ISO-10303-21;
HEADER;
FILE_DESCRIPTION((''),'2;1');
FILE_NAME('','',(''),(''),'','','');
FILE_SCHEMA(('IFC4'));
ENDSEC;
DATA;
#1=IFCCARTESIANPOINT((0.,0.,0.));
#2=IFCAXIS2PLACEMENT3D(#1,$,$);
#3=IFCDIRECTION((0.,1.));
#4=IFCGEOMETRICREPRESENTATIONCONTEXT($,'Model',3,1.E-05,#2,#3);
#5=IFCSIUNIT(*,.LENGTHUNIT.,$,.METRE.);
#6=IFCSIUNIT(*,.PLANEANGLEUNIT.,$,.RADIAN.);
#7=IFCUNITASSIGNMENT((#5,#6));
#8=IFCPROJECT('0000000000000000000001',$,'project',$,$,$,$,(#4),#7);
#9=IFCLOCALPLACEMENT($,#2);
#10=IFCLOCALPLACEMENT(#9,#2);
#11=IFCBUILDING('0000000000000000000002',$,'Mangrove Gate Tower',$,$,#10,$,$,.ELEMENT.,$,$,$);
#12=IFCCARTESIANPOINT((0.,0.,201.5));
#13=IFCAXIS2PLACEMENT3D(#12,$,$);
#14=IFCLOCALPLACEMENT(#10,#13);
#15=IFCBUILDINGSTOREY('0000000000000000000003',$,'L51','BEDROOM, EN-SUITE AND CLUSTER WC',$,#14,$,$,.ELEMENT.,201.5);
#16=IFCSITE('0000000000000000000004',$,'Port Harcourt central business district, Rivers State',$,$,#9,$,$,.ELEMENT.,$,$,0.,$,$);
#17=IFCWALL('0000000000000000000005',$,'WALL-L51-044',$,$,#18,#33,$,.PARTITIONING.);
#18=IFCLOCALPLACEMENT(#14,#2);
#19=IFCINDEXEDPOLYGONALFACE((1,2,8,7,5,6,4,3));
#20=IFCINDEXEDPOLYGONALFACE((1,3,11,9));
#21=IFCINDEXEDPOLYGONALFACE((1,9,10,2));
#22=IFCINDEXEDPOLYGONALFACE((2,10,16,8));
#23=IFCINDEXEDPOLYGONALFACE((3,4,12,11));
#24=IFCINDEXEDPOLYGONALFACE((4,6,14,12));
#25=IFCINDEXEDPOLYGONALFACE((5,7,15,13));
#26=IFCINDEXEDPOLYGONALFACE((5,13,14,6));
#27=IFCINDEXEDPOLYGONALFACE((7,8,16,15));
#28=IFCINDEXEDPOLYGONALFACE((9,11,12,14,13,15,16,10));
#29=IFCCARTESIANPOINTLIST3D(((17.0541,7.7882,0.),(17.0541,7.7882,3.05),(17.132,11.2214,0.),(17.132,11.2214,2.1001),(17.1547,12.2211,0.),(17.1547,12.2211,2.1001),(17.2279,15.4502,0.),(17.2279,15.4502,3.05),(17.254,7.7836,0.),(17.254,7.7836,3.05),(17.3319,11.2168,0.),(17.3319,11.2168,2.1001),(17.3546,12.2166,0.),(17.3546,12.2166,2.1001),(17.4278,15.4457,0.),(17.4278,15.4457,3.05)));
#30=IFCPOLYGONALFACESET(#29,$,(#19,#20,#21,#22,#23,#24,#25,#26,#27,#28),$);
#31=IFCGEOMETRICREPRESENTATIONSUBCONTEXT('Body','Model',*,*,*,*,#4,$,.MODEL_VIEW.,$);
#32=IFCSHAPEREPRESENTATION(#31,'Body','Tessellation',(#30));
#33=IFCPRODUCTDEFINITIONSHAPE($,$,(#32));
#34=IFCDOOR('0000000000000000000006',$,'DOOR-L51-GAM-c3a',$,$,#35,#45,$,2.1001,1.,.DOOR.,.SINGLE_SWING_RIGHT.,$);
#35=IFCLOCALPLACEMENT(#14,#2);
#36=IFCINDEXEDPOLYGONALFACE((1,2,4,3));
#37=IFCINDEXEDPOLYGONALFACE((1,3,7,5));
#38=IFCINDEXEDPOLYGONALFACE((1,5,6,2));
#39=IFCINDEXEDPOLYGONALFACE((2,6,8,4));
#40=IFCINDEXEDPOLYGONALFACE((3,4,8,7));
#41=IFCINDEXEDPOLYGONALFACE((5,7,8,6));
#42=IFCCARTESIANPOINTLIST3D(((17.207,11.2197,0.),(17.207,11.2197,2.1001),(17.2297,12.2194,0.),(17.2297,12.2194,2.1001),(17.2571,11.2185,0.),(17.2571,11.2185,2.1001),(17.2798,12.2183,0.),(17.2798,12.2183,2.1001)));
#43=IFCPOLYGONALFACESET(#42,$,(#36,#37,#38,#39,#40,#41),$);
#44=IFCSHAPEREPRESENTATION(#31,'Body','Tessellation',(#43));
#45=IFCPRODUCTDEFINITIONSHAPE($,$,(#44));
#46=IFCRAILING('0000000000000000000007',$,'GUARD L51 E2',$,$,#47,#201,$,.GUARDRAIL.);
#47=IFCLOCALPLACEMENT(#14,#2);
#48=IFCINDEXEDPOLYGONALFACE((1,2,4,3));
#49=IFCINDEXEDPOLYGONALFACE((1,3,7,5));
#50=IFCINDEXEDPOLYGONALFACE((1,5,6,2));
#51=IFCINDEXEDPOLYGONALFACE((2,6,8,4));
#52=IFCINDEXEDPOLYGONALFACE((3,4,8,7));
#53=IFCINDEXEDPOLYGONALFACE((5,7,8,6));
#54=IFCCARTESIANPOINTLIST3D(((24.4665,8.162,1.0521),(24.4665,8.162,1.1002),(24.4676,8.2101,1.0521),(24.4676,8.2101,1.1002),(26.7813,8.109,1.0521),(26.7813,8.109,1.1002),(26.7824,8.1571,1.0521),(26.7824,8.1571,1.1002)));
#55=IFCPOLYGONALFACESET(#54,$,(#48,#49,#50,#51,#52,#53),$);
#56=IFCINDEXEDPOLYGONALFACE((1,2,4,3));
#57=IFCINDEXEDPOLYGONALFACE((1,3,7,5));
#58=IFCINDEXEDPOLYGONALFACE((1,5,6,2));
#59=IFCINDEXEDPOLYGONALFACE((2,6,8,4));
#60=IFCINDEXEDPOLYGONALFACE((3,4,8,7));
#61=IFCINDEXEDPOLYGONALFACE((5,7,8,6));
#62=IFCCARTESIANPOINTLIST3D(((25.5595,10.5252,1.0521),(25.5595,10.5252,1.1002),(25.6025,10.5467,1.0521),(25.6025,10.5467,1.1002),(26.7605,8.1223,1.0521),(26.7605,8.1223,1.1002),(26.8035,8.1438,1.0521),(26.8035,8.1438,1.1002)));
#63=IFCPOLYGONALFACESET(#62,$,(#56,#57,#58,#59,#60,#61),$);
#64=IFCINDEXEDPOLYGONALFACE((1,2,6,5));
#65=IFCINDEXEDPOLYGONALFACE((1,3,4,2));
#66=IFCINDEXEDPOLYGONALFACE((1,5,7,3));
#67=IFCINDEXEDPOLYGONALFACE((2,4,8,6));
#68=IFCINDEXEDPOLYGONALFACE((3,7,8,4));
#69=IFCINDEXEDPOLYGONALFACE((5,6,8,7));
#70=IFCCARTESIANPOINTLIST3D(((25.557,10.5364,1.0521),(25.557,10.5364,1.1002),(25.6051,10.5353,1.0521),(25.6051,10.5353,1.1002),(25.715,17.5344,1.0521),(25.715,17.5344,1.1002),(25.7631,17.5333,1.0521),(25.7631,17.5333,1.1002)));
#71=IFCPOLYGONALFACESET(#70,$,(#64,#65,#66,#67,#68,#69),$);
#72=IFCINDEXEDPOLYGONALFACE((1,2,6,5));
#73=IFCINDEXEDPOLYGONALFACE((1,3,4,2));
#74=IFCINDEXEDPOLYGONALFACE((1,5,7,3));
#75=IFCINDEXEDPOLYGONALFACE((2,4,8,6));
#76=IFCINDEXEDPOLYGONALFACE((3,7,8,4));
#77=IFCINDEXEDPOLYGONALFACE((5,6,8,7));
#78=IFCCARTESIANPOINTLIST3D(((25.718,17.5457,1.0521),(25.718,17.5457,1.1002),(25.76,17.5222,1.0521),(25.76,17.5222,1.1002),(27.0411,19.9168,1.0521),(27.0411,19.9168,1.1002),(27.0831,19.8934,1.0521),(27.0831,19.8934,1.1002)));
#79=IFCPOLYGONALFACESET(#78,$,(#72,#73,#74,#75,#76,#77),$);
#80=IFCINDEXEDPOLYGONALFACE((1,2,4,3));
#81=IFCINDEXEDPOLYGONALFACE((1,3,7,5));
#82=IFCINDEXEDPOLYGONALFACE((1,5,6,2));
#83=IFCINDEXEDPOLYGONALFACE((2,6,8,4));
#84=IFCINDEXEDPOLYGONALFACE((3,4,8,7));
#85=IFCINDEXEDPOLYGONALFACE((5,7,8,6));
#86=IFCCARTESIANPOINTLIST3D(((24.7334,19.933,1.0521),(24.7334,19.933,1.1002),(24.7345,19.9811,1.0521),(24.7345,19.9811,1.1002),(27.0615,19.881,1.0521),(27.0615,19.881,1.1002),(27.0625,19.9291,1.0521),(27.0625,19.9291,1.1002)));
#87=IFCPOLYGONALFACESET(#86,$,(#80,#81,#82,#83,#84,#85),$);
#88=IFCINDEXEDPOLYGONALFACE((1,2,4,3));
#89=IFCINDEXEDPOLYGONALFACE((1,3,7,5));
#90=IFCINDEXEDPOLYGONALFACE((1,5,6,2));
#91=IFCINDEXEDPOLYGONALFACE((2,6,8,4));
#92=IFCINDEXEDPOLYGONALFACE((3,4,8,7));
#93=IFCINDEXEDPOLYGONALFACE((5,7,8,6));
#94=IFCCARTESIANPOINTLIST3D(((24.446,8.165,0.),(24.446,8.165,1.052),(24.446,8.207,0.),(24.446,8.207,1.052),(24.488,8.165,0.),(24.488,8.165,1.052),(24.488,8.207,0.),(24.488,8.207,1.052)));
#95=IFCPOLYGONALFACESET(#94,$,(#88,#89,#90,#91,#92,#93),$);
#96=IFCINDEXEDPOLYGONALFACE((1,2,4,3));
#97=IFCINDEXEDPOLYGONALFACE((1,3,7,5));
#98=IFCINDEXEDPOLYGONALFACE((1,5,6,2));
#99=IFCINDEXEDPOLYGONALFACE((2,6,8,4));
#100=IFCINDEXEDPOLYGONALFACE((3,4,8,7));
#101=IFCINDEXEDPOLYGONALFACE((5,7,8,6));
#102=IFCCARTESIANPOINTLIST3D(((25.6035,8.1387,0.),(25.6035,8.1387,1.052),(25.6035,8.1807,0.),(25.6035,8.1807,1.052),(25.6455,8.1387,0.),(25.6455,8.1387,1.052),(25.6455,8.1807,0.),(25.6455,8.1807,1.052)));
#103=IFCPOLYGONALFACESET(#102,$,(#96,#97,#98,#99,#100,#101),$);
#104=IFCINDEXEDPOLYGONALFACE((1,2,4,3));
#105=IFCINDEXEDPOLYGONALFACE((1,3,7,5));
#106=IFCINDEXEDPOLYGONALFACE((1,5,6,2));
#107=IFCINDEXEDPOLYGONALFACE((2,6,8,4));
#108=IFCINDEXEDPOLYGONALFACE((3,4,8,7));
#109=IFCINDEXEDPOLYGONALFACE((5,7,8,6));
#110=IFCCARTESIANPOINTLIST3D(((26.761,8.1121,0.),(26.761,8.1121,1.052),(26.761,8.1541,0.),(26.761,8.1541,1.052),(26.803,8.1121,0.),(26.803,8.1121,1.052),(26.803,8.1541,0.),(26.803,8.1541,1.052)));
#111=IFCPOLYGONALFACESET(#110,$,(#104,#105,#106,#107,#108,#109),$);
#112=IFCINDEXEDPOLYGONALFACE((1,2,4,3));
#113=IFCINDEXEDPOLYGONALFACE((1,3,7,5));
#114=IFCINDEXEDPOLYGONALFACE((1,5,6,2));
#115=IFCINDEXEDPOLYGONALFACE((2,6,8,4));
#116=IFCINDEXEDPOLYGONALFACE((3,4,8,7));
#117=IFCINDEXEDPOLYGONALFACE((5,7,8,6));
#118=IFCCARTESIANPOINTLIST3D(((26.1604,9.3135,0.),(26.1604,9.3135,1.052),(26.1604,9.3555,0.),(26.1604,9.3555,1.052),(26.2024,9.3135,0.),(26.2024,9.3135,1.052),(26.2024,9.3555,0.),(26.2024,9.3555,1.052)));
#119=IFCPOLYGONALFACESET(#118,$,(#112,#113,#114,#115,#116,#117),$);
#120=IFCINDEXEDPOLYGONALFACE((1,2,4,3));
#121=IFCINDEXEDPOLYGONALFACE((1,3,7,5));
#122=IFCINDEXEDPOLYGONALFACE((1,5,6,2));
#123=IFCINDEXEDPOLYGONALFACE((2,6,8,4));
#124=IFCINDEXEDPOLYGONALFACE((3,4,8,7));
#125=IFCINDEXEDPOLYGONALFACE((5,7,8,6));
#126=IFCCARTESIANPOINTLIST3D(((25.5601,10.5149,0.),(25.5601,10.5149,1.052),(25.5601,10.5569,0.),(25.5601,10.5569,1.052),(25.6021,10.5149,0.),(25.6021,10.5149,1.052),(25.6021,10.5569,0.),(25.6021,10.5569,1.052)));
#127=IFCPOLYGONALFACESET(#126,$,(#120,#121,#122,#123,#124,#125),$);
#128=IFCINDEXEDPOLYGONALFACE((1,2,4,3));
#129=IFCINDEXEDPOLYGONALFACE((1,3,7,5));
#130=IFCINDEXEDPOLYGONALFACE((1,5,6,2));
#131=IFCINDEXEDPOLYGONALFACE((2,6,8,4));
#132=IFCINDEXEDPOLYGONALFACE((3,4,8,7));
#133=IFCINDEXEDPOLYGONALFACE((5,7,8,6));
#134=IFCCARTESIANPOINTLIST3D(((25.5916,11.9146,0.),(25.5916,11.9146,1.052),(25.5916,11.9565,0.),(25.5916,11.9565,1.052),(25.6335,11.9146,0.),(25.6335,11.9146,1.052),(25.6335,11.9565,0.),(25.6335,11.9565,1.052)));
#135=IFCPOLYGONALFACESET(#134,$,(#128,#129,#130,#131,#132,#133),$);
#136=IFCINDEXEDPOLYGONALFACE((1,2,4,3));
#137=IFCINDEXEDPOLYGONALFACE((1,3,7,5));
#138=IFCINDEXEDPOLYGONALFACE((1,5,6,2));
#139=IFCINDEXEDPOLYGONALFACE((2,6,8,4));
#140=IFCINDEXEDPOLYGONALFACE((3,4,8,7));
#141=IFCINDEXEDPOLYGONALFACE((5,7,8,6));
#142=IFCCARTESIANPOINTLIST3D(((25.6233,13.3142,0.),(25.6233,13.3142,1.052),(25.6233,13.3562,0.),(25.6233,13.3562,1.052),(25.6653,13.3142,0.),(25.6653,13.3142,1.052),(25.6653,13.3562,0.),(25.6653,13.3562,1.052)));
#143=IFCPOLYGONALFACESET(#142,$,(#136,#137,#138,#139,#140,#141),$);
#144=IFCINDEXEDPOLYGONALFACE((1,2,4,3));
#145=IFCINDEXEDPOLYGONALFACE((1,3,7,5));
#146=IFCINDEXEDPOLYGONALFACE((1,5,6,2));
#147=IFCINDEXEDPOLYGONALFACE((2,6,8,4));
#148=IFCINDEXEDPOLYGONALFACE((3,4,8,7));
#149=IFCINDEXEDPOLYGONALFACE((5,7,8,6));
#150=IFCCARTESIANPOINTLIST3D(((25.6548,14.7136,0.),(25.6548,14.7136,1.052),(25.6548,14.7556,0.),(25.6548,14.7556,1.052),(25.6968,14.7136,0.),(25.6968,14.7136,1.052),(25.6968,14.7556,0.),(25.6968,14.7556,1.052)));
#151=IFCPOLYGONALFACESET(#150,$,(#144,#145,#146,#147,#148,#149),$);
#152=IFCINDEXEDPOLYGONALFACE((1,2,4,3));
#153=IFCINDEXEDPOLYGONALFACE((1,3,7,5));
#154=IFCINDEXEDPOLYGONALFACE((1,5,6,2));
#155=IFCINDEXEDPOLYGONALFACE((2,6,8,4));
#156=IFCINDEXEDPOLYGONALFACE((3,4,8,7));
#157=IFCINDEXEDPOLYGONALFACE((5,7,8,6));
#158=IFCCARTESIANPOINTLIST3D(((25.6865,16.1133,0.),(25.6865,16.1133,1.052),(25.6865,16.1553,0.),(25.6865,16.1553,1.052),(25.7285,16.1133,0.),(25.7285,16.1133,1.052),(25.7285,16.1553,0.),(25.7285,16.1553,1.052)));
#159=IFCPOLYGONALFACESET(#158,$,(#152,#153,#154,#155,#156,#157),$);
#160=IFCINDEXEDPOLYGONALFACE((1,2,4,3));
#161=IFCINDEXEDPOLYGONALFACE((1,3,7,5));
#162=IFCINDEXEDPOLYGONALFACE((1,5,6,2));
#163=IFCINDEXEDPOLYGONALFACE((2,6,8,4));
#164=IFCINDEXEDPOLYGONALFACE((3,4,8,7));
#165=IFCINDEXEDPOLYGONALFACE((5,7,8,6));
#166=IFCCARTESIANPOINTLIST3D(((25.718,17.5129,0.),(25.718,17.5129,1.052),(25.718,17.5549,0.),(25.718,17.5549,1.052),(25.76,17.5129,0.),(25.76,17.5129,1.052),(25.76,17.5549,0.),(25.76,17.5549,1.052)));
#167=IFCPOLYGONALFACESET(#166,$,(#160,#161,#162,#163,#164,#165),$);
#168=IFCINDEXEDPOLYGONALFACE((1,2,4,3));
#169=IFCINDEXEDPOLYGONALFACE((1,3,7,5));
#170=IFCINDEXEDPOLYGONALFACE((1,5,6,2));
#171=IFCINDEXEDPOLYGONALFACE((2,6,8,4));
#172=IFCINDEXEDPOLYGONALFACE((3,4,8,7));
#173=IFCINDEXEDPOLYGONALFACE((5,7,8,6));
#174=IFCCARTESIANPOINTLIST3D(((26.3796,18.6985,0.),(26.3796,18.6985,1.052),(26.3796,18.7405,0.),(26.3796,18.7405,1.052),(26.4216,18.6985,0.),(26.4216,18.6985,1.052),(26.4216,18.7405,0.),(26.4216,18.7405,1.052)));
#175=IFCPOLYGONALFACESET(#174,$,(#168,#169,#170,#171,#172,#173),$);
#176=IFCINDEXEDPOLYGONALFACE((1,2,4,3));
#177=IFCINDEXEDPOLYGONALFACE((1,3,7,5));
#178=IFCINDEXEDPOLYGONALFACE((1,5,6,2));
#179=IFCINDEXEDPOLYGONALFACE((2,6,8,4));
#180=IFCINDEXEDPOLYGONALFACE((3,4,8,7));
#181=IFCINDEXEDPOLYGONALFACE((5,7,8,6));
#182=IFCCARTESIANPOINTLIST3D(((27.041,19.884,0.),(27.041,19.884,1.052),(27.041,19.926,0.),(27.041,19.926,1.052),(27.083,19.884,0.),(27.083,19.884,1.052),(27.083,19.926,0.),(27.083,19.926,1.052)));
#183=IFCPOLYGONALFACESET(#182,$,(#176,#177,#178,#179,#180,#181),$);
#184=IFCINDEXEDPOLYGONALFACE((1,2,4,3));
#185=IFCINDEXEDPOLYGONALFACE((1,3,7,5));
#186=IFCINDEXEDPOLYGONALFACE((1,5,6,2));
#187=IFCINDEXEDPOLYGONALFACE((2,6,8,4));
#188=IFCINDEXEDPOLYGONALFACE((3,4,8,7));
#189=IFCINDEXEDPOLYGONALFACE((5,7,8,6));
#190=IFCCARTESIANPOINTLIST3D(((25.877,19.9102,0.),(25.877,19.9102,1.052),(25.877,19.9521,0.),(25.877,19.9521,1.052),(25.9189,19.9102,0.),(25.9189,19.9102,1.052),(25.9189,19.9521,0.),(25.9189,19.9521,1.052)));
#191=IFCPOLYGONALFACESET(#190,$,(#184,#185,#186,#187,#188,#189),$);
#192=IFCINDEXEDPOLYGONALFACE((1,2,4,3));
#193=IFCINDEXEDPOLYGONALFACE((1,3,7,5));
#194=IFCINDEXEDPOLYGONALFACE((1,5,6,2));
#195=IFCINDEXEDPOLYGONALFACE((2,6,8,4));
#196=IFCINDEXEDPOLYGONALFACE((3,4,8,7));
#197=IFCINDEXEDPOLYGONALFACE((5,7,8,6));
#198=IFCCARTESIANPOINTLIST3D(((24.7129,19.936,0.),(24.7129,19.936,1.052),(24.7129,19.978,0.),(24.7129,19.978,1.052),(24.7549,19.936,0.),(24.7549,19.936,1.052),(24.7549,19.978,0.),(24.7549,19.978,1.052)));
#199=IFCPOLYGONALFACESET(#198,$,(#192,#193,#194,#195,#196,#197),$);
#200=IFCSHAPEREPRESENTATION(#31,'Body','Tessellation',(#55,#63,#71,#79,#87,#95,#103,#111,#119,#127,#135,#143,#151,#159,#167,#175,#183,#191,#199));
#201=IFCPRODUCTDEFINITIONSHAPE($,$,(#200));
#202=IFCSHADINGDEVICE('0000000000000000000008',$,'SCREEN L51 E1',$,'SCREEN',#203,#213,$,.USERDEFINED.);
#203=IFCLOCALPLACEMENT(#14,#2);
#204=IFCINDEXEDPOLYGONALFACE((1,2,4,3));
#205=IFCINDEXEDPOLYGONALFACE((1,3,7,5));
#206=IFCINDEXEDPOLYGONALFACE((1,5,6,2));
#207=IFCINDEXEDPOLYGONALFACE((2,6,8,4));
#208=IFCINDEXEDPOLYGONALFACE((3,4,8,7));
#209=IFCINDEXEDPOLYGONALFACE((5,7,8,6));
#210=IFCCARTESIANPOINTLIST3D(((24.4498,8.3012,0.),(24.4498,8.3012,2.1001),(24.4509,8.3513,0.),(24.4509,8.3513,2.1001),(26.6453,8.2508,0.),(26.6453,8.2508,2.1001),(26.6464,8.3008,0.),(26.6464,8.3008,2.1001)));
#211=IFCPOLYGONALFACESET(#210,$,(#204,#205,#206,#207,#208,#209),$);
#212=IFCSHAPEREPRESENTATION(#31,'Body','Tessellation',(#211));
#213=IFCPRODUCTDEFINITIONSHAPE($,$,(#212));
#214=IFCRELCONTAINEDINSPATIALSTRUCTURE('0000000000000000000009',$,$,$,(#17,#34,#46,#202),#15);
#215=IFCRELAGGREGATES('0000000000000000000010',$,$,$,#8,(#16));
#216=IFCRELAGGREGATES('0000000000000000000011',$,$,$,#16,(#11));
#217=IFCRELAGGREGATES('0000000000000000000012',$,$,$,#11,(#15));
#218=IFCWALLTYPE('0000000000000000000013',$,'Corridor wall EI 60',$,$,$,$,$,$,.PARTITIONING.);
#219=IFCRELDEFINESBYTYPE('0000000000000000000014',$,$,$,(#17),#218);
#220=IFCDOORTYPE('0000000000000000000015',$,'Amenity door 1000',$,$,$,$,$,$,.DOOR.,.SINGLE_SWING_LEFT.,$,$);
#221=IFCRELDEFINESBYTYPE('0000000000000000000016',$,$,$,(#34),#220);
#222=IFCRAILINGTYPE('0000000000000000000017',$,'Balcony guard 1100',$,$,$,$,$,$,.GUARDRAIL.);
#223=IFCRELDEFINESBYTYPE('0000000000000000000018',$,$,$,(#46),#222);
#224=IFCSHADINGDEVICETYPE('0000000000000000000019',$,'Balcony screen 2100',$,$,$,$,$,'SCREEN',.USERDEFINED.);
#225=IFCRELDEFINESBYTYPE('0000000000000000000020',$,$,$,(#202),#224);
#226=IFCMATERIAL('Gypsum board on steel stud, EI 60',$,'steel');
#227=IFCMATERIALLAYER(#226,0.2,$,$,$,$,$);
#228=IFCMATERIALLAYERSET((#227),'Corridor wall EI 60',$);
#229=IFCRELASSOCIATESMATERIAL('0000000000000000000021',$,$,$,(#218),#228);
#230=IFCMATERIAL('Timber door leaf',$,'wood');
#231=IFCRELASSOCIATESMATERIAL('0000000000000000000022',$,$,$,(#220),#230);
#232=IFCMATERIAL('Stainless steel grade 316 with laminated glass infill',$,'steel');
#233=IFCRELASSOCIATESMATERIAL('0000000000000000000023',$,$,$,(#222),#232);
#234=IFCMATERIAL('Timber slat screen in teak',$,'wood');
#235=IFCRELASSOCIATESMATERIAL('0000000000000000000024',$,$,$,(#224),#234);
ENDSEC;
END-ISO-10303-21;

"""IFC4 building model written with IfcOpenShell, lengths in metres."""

from ifc_helpers import new_model, si_unit, direction, frame, frame_2d, origin, origin_2d, place, context, subcontext, project, spatial, rectangle, extrude, material, layer, layer_set, type_object, element, fill, save


model = new_model("IFC4")

# Units and contexts
model_context = context("Model", 3, precision=1e-05, world=origin(), true_north=direction((0.0, 1.0)))
body_context = subcontext(model_context, "Body", "Model", "MODEL_VIEW")
ifc_project = project(units=[si_unit("LENGTHUNIT", "METRE"), si_unit("PLANEANGLEUNIT", "RADIAN")], contexts=[model_context])

# Site, building, storey
site_placement = place(None, origin())
site = spatial("IfcSite", under=ifc_project, at=site_placement, Name="Port Harcourt central business district, Rivers State", CompositionType="ELEMENT", RefElevation=0.0)
building_placement = place(site_placement, origin())
building = spatial("IfcBuilding", under=site, at=building_placement, Name="Mangrove Gate Tower", CompositionType="ELEMENT")
storey_placement = place(building_placement, frame((0.0, 0.0, 201.5)))
storey = spatial("IfcBuildingStorey", under=building, at=storey_placement, Name="L51", Description="BEDROOM, EN-SUITE AND CLUSTER WC", CompositionType="ELEMENT", Elevation=201.5)

# Wall, opening, door
ifc_material_1 = material(Name="Gypsum board on steel stud, EI 60", Category="steel")
ifc_layer_1 = layer(ifc_material_1, 0.2)
ifc_layer_set_1 = layer_set([ifc_layer_1], Name="Corridor wall EI 60")
wall_type_1 = type_object("IfcWallType", Name="Corridor wall EI 60", PredefinedType="PARTITIONING", material=ifc_layer_set_1)
wall_1_placement = place(storey_placement, frame((17.1541, 7.7859, 0.0), z_axis=(0.0, 0.0, 1.0), x_axis=(0.022681, 0.999743, 0.0)))
wall_1 = element("IfcWall", 1, at=wall_1_placement, inside=storey, type_object=wall_type_1, Name="WALL-L51-044", PredefinedType="PARTITIONING", context=body_context, shape_type="SweptSolid", body=[
    extrude(rectangle(XDim=7.6641, YDim=0.2, at=frame_2d((3.832, 0.0))), origin(), (0.0, 0.0, 1.0), 3.05),
])
opening_1_placement = place(wall_1_placement, frame((3.4341, 0.0, 0.0)))
opening_1 = element("IfcOpeningElement", 2, at=opening_1_placement, cuts=wall_1, PredefinedType="OPENING", context=body_context, shape_type="SweptSolid", body=[
    extrude(rectangle(XDim=1.0, YDim=2.1001, at=frame_2d((0.5, 1.05))), frame((0.0, 0.1099, 0.0), z_axis=(0.0, -1.0, 0.0), x_axis=(1.0, 0.0, 0.0)), (0.0, 0.0, 1.0), 0.22),
])
ifc_material_2 = material(Name="Timber door leaf", Category="wood")
door_type_1 = type_object("IfcDoorType", Name="Amenity door 1000", OperationType="SINGLE_SWING_LEFT", PredefinedType="DOOR", material=ifc_material_2)
door_1_placement = place(opening_1_placement, origin())
door_1 = element("IfcDoor", 3, at=door_1_placement, inside=storey, type_object=door_type_1, Name="DOOR-L51-GAM-c3a", OperationType="SINGLE_SWING_RIGHT", OverallHeight=2.1001, OverallWidth=1.0, PredefinedType="DOOR", context=body_context, shape_type="SweptSolid", body=[
    extrude(rectangle(XDim=1.0, YDim=2.1001, at=frame_2d((0.5, 1.05))), frame((0.0, 0.0249, 0.0), z_axis=(0.0, -1.0, 0.0), x_axis=(1.0, 0.0, 0.0)), (0.0, 0.0, 1.0), 0.05),
])
fill(opening_1, door_1)

# Railing
ifc_material_3 = material(Name="Stainless steel grade 316 with laminated glass infill", Category="steel")
railing_type = type_object("IfcRailingType", Name="Balcony guard 1100", PredefinedType="GUARDRAIL", material=ifc_material_3)
railing_placement = place(storey_placement, frame((24.467, 8.186, 0.0)))
element("IfcRailing", 4, at=railing_placement, inside=storey, type_object=railing_type, Name="GUARD L51 E2", PredefinedType="GUARDRAIL", context=body_context, shape_type="SweptSolid", body=[
    extrude(rectangle(XDim=0.0481, YDim=0.0481, at=origin_2d()), frame((0.0, 0.0, 1.0762), z_axis=(0.999738, -0.022879, 0.0), x_axis=(0.022879, 0.999738, 0.0)), (0.0, 0.0, 1.0), 2.3154),
    extrude(rectangle(XDim=0.0481, YDim=0.0481, at=origin_2d()), frame((2.3149, -0.053, 1.0762), z_axis=(-0.447068, 0.8945, 0.0), x_axis=(-0.8945, -0.447068, 0.0)), (0.0, 0.0, 1.0), 2.6863),
    extrude(rectangle(XDim=0.0481, YDim=0.0481, at=origin_2d()), frame((1.114, 2.3499, 1.0762), z_axis=(0.022566, 0.999745, 0.0), x_axis=(-0.999745, 0.022566, 0.0)), (0.0, 0.0, 1.0), 6.9998),
    extrude(rectangle(XDim=0.0481, YDim=0.0481, at=origin_2d()), frame((1.272, 9.3479, 1.0762), z_axis=(0.487253, 0.873261, 0.0), x_axis=(-0.873261, 0.487253, 0.0)), (0.0, 0.0, 1.0), 2.7153),
    extrude(rectangle(XDim=0.0481, YDim=0.0481, at=origin_2d()), frame((2.595, 11.719, 1.0762), z_axis=(-0.999751, 0.022331, 0.0), x_axis=(-0.022331, -0.999751, 0.0)), (0.0, 0.0, 1.0), 2.3286),
    extrude(rectangle(XDim=0.042, YDim=0.042, at=origin_2d()), origin(), (0.0, 0.0, 1.0), 1.052),
    extrude(rectangle(XDim=0.042, YDim=0.042, at=origin_2d()), frame((1.1575, -0.0264, 0.0)), (0.0, 0.0, 1.0), 1.052),
    extrude(rectangle(XDim=0.042, YDim=0.042, at=origin_2d()), frame((2.3149, -0.053, 0.0)), (0.0, 0.0, 1.0), 1.052),
    extrude(rectangle(XDim=0.042, YDim=0.042, at=origin_2d()), frame((1.7144, 1.1484, 0.0)), (0.0, 0.0, 1.0), 1.052),
    extrude(rectangle(XDim=0.042, YDim=0.042, at=origin_2d()), frame((1.114, 2.3499, 0.0)), (0.0, 0.0, 1.0), 1.052),
    extrude(rectangle(XDim=0.042, YDim=0.042, at=origin_2d()), frame((1.1455, 3.7495, 0.0)), (0.0, 0.0, 1.0), 1.052),
    extrude(rectangle(XDim=0.042, YDim=0.042, at=origin_2d()), frame((1.1772, 5.1492, 0.0)), (0.0, 0.0, 1.0), 1.052),
    extrude(rectangle(XDim=0.042, YDim=0.042, at=origin_2d()), frame((1.2087, 6.5486, 0.0)), (0.0, 0.0, 1.0), 1.052),
    extrude(rectangle(XDim=0.042, YDim=0.042, at=origin_2d()), frame((1.2405, 7.9482, 0.0)), (0.0, 0.0, 1.0), 1.052),
    extrude(rectangle(XDim=0.042, YDim=0.042, at=origin_2d()), frame((1.272, 9.3479, 0.0)), (0.0, 0.0, 1.0), 1.052),
    extrude(rectangle(XDim=0.042, YDim=0.042, at=origin_2d()), frame((1.9336, 10.5334, 0.0)), (0.0, 0.0, 1.0), 1.052),
    extrude(rectangle(XDim=0.042, YDim=0.042, at=origin_2d()), frame((2.595, 11.719, 0.0)), (0.0, 0.0, 1.0), 1.052),
    extrude(rectangle(XDim=0.042, YDim=0.042, at=origin_2d()), frame((1.4309, 11.7451, 0.0)), (0.0, 0.0, 1.0), 1.052),
    extrude(rectangle(XDim=0.042, YDim=0.042, at=origin_2d()), frame((0.2668, 11.771, 0.0)), (0.0, 0.0, 1.0), 1.052),
])

# Shading device
ifc_material_4 = material(Name="Timber slat screen in teak", Category="wood")
shading_device_type = type_object("IfcShadingDeviceType", Name="Balcony screen 2100", ElementType="SCREEN", PredefinedType="USERDEFINED", material=ifc_material_4)
shading_device_placement = place(storey_placement, frame((25.5481, 8.301, 0.0), z_axis=(0.0, 0.0, 1.0), x_axis=(0.999736, -0.022967, 0.0)))
element("IfcShadingDevice", 5, at=shading_device_placement, inside=storey, type_object=shading_device_type, Name="SCREEN L51 E1", ObjectType="SCREEN", PredefinedType="USERDEFINED", context=body_context, shape_type="SweptSolid", body=[
    extrude(rectangle(XDim=2.196, YDim=0.05, at=origin_2d()), origin(), (0.0, 0.0, 1.0), 2.1001),
])

save(model, "model.ifc")
